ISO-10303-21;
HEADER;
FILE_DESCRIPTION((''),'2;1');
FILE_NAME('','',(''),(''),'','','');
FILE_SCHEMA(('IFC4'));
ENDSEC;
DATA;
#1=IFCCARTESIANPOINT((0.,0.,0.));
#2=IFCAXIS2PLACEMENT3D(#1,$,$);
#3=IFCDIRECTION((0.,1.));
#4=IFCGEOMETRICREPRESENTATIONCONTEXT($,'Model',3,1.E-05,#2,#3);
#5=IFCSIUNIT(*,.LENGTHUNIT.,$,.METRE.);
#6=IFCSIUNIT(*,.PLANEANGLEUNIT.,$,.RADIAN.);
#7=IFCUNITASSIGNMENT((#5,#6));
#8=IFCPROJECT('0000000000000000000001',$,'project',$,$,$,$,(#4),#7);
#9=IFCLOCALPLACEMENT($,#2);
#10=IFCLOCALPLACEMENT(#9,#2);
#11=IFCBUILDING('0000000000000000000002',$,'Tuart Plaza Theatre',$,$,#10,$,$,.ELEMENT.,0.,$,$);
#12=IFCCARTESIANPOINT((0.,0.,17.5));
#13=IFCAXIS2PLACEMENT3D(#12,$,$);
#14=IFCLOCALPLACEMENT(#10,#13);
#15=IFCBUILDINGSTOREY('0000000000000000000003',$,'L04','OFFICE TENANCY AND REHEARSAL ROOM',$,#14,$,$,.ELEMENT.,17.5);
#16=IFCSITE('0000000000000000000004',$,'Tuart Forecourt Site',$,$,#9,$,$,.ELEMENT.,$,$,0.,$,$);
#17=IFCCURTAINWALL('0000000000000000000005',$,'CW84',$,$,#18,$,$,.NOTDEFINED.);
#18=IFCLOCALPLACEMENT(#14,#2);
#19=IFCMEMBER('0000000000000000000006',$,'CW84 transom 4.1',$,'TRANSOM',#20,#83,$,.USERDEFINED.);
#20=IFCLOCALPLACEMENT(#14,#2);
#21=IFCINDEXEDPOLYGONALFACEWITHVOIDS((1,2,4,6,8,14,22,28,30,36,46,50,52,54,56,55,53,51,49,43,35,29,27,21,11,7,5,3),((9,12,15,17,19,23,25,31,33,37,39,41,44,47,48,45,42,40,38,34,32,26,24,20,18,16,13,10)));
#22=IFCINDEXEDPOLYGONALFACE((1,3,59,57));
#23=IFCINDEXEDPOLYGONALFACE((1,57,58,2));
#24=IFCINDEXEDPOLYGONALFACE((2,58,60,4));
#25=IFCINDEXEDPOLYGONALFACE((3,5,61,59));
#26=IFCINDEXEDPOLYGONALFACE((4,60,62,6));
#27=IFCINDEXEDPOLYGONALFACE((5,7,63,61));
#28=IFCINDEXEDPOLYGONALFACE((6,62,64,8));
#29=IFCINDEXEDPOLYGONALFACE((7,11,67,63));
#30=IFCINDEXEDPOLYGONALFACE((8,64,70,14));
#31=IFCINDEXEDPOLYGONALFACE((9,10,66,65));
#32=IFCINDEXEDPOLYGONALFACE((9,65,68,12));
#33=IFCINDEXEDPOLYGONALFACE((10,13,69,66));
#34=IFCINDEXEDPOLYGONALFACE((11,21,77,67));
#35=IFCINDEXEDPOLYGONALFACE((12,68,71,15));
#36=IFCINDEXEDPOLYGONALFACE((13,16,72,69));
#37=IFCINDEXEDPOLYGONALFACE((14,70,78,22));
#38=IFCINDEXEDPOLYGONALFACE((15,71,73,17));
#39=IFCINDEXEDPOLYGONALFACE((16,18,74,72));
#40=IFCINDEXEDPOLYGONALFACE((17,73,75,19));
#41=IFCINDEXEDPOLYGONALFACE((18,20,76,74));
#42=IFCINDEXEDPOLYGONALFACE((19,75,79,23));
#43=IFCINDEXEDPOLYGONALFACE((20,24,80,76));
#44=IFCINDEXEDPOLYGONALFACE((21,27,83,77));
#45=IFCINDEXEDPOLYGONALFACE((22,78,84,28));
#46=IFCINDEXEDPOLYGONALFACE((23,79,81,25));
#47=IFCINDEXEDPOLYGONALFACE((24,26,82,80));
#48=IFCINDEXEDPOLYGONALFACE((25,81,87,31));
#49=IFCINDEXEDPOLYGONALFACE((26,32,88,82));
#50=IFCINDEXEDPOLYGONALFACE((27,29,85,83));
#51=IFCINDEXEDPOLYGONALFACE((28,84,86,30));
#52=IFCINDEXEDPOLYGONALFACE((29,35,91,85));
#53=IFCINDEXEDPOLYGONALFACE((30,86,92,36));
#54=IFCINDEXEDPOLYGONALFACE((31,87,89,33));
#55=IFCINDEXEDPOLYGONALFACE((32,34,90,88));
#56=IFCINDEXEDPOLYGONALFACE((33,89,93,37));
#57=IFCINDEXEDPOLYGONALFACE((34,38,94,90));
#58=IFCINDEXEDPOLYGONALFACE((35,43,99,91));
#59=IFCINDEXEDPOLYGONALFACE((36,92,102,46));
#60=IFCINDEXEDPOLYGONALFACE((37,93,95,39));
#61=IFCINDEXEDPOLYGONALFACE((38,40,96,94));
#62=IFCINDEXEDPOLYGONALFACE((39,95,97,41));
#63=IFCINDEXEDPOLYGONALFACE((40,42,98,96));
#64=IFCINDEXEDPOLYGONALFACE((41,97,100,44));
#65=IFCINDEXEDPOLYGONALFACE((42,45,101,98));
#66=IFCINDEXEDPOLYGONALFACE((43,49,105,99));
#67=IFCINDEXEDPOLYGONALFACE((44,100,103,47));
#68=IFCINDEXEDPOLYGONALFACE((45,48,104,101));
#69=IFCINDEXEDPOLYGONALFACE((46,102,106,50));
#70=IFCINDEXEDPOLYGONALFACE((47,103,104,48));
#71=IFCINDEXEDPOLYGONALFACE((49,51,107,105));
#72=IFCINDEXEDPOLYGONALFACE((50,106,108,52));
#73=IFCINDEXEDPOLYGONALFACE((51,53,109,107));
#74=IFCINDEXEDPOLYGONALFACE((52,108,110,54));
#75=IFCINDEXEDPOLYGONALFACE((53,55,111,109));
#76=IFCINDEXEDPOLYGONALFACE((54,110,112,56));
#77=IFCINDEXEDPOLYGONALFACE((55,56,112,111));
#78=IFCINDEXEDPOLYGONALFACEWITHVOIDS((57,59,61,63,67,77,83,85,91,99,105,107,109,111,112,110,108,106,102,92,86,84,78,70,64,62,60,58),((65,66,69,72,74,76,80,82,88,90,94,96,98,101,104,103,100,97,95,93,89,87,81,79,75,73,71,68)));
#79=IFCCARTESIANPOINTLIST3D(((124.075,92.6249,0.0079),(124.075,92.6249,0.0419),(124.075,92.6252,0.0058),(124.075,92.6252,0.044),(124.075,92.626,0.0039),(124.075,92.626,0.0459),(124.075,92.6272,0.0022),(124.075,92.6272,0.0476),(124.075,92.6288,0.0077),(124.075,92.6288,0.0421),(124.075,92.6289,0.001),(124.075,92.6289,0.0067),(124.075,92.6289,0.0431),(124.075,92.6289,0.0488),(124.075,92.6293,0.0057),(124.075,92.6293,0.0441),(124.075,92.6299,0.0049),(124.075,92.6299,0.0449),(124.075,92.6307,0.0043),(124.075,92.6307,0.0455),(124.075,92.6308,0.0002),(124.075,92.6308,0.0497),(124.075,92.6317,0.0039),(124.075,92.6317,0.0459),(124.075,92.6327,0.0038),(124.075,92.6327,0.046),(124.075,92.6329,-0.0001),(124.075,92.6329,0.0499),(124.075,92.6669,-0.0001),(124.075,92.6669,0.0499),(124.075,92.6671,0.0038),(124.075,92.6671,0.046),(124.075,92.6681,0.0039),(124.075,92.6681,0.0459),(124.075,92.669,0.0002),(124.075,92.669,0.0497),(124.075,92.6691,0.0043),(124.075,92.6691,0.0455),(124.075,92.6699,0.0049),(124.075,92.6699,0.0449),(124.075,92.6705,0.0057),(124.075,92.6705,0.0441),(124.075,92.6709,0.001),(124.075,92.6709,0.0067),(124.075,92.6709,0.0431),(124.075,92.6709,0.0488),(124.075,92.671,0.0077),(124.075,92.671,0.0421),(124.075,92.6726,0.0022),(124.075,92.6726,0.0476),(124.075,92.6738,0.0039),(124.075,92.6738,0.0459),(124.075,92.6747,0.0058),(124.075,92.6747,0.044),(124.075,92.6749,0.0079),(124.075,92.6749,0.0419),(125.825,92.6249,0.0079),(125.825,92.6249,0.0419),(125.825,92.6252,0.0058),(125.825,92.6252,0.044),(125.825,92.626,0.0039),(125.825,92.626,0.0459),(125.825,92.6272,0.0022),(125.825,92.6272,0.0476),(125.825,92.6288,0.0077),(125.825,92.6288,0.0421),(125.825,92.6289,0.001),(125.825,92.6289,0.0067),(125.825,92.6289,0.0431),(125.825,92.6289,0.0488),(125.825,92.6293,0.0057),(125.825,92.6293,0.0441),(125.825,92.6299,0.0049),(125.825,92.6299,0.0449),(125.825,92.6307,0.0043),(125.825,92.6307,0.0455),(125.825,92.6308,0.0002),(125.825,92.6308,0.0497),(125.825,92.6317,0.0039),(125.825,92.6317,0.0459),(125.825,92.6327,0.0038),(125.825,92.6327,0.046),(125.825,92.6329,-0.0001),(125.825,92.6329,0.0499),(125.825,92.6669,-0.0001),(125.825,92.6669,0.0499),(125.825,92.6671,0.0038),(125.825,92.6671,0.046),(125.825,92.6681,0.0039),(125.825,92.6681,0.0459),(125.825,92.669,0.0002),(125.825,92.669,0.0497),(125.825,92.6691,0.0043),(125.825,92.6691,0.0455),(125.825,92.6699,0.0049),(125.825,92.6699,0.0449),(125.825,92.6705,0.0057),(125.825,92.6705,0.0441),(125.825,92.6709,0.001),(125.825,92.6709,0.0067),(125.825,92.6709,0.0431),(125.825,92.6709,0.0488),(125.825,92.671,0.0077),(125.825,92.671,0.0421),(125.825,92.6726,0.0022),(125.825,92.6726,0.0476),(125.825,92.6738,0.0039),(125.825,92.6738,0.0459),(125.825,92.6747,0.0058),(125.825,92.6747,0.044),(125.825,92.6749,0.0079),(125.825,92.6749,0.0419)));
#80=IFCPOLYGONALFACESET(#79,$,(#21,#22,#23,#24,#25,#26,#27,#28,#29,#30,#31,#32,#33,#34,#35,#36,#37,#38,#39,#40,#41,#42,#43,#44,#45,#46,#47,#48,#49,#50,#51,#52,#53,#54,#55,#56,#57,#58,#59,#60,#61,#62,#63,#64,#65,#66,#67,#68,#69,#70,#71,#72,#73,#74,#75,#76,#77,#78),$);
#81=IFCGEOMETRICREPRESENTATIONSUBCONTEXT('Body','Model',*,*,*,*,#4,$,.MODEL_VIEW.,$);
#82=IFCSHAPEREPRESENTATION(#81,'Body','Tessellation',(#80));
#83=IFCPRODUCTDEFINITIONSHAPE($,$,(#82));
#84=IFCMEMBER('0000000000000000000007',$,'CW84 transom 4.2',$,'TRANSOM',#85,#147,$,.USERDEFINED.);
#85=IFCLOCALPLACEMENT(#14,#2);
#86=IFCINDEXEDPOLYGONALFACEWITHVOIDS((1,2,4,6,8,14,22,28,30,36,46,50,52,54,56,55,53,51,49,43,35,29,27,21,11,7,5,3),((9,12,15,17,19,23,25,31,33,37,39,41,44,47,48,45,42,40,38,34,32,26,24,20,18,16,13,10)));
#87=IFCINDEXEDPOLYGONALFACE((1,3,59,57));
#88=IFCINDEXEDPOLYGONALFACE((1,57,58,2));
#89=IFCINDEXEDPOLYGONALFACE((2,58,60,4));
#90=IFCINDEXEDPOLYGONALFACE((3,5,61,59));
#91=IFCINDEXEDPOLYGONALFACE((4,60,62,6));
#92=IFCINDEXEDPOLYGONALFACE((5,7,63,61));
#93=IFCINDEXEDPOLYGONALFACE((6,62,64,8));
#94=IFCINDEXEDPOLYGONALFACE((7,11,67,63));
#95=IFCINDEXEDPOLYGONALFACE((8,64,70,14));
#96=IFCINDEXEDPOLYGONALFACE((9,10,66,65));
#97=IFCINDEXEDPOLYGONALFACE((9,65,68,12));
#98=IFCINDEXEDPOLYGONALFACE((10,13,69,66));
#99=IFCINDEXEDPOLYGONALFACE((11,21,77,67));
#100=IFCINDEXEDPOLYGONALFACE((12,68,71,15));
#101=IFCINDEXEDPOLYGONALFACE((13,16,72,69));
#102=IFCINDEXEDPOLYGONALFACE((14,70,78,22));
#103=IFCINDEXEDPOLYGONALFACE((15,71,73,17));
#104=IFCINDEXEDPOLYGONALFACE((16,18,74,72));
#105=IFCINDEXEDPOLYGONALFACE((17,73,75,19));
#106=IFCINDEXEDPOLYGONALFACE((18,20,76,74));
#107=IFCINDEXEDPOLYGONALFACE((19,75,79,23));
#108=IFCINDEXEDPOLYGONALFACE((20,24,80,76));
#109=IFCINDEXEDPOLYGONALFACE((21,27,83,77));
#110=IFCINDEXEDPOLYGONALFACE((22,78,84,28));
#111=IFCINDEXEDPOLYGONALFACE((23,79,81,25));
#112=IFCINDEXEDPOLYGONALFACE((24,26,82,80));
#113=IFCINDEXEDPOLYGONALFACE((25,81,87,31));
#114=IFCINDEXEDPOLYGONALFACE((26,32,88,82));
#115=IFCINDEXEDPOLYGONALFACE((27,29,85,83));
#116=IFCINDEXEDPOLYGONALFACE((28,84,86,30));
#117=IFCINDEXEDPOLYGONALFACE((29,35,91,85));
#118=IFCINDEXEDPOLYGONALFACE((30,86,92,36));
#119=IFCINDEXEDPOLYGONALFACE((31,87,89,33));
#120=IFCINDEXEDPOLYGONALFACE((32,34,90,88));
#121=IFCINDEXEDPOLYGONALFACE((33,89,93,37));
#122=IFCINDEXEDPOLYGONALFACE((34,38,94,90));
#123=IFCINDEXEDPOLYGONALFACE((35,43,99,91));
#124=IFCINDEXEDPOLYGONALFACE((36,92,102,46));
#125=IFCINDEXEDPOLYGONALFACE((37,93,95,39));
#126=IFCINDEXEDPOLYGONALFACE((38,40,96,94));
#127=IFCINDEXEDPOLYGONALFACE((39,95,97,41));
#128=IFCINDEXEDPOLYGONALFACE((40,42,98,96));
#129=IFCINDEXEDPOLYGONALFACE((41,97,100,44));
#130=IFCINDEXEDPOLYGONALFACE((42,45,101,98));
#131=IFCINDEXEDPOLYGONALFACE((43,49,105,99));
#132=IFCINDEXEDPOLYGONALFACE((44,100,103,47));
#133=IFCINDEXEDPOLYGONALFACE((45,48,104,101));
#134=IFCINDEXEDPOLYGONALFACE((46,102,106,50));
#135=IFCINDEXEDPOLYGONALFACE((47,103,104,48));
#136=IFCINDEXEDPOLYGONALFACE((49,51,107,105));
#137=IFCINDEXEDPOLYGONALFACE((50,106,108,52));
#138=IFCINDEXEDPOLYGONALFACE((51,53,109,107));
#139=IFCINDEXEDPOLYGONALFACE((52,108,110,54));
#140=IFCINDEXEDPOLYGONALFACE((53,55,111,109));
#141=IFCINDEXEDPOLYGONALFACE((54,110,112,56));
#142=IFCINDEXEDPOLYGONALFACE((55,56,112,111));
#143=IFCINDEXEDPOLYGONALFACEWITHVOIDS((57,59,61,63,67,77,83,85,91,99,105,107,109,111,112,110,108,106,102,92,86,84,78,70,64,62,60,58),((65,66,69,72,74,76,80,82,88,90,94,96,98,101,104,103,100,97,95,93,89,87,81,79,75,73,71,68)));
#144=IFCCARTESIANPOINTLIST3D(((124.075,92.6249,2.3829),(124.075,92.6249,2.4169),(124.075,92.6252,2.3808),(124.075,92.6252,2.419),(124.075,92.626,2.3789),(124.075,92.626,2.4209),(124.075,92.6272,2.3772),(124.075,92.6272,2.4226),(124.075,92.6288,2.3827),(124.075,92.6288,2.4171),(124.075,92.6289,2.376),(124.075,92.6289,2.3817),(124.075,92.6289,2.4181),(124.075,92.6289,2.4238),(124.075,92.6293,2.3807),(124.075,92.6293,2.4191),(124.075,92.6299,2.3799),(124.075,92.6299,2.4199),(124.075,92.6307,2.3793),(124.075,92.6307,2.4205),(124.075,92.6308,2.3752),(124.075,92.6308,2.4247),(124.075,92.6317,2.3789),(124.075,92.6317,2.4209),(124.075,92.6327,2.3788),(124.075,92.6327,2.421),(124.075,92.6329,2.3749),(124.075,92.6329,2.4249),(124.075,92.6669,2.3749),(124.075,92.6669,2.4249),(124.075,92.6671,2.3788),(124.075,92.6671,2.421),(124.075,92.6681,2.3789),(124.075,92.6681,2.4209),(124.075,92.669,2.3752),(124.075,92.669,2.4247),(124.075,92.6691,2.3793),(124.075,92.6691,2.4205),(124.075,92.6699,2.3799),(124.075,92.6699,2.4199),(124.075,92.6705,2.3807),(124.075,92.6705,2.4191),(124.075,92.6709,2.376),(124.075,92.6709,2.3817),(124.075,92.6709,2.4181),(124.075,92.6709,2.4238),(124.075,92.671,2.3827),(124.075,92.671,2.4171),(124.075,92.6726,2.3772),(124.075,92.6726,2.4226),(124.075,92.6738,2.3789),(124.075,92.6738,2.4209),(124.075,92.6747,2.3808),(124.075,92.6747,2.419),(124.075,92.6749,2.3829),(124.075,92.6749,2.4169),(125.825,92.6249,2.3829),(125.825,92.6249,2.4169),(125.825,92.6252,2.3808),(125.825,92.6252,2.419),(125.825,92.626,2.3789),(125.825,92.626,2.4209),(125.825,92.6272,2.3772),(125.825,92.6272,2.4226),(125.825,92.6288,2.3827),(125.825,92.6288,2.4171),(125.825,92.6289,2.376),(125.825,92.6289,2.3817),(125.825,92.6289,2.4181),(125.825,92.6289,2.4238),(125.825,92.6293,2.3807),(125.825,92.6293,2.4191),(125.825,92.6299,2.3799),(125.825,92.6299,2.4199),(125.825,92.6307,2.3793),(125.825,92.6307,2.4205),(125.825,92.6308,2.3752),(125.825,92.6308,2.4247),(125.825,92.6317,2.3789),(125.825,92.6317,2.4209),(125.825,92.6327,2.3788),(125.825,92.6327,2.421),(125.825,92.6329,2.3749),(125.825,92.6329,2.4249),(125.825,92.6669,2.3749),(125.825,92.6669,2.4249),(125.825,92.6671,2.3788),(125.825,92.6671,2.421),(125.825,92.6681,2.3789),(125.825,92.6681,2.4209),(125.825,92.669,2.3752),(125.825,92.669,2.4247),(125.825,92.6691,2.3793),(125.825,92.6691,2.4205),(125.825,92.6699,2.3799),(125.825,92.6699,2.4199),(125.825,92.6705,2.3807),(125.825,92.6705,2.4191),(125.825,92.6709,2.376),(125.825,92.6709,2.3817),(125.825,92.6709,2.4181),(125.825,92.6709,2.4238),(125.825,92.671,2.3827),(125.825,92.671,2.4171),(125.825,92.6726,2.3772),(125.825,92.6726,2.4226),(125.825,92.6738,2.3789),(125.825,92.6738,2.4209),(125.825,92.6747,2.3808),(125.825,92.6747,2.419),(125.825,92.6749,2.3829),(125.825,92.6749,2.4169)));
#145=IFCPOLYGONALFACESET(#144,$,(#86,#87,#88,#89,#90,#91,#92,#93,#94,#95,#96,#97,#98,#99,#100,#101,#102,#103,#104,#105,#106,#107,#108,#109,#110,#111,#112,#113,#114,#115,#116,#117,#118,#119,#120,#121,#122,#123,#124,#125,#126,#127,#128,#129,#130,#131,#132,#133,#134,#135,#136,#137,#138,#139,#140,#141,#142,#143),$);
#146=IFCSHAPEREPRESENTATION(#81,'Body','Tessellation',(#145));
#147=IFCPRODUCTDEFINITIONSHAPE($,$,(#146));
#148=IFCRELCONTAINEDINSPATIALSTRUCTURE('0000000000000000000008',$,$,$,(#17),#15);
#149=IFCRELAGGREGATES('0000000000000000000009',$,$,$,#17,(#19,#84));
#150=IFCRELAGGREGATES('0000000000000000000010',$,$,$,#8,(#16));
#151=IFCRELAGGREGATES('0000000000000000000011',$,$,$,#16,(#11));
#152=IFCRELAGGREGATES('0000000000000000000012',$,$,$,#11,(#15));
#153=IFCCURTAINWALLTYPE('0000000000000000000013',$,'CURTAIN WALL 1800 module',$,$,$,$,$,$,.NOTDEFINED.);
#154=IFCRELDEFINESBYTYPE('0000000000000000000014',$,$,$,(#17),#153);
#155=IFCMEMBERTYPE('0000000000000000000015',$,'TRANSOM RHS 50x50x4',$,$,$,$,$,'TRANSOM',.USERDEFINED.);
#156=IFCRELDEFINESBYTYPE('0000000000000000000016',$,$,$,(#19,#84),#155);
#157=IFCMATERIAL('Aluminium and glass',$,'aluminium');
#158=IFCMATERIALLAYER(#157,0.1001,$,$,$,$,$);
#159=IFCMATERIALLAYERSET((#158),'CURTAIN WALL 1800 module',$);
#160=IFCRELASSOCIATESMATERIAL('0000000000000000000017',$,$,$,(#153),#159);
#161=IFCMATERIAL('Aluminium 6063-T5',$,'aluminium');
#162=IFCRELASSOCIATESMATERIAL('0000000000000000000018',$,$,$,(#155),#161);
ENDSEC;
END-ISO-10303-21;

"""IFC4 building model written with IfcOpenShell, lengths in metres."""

from ifc_helpers import new_model, si_unit, direction, frame, origin, origin_2d, place, context, subcontext, project, spatial, hollow_rectangle, extrude, material, layer, layer_set, material_profile, profile_set, type_object, element, aggregate, save


model = new_model("IFC4")

# Units and contexts
model_context = context("Model", 3, precision=1e-05, world=origin(), true_north=direction((0.0, 1.0)))
body_context = subcontext(model_context, "Body", "Model", "MODEL_VIEW")
ifc_project = project(units=[si_unit("LENGTHUNIT", "METRE"), si_unit("PLANEANGLEUNIT", "RADIAN")], contexts=[model_context])

# Site, building, storey
site_placement = place(None, origin())
site = spatial("IfcSite", under=ifc_project, at=site_placement, Name="Tuart Forecourt Site", CompositionType="ELEMENT", RefElevation=0.0)
building_placement = place(site_placement, origin())
building = spatial("IfcBuilding", under=site, at=building_placement, Name="Tuart Plaza Theatre", CompositionType="ELEMENT", ElevationOfRefHeight=0.0)
storey_placement = place(building_placement, frame((0.0, 0.0, 17.5)))
storey = spatial("IfcBuildingStorey", under=building, at=storey_placement, Name="L04", Description="OFFICE TENANCY AND REHEARSAL ROOM", CompositionType="ELEMENT", Elevation=17.5)

# Curtain wall
ifc_material_1 = material(Name="Aluminium and glass", Category="aluminium")
ifc_layer_1 = layer(ifc_material_1, 0.1001)
ifc_layer_set_1 = layer_set([ifc_layer_1], Name="CURTAIN WALL 1800 module")
curtain_wall_type_1 = type_object("IfcCurtainWallType", Name="CURTAIN WALL 1800 module", PredefinedType="NOTDEFINED", material=ifc_layer_set_1)
curtain_wall_1_placement = place(storey_placement, origin())
curtain_wall_1 = element("IfcCurtainWall", 1, at=curtain_wall_1_placement, inside=storey, type_object=curtain_wall_type_1, Name="CW84", PredefinedType="NOTDEFINED")

# Members
ifc_material_2 = material(Name="Aluminium 6063-T5", Category="aluminium")
ifc_material_profile_1 = material_profile(ifc_material_2, hollow_rectangle(XDim=0.05, YDim=0.05, WallThickness=0.0039, InnerFilletRadius=0.0039, OuterFilletRadius=0.0081, at=origin_2d()), Name="RHS 50x50x4")
ifc_profile_set_1 = profile_set([ifc_material_profile_1], Name="Aluminium 6063-T5")
member_type_1 = type_object("IfcMemberType", Name="TRANSOM RHS 50x50x4", ElementType="TRANSOM", PredefinedType="USERDEFINED", material=ifc_profile_set_1)
member_1_placement = place(storey_placement, frame((125.825, 92.6499, 0.0249), z_axis=(-1.0, 0.0, 0.0), x_axis=(0.0, -1.0, 0.0)))
member_1 = element("IfcMember", 2, at=member_1_placement, type_object=member_type_1, Name="CW84 transom 4.1", ObjectType="TRANSOM", PredefinedType="USERDEFINED", context=body_context, shape_type="SweptSolid", body=[
    extrude(hollow_rectangle(XDim=0.05, YDim=0.05, WallThickness=0.0039, InnerFilletRadius=0.0039, OuterFilletRadius=0.0081, at=origin_2d()), origin(), (0.0, 0.0, 1.0), 1.75),
])
member_2_placement = place(storey_placement, frame((125.825, 92.6499, 2.3999), z_axis=(-1.0, 0.0, 0.0), x_axis=(0.0, -1.0, 0.0)))
member_2 = element("IfcMember", 3, at=member_2_placement, type_object=member_type_1, Name="CW84 transom 4.2", ObjectType="TRANSOM", PredefinedType="USERDEFINED", context=body_context, shape_type="SweptSolid", body=[
    extrude(hollow_rectangle(XDim=0.05, YDim=0.05, WallThickness=0.0039, InnerFilletRadius=0.0039, OuterFilletRadius=0.0081, at=origin_2d()), origin(), (0.0, 0.0, 1.0), 1.75),
])

aggregate(curtain_wall_1, [member_1, member_2])

save(model, "model.ifc")
